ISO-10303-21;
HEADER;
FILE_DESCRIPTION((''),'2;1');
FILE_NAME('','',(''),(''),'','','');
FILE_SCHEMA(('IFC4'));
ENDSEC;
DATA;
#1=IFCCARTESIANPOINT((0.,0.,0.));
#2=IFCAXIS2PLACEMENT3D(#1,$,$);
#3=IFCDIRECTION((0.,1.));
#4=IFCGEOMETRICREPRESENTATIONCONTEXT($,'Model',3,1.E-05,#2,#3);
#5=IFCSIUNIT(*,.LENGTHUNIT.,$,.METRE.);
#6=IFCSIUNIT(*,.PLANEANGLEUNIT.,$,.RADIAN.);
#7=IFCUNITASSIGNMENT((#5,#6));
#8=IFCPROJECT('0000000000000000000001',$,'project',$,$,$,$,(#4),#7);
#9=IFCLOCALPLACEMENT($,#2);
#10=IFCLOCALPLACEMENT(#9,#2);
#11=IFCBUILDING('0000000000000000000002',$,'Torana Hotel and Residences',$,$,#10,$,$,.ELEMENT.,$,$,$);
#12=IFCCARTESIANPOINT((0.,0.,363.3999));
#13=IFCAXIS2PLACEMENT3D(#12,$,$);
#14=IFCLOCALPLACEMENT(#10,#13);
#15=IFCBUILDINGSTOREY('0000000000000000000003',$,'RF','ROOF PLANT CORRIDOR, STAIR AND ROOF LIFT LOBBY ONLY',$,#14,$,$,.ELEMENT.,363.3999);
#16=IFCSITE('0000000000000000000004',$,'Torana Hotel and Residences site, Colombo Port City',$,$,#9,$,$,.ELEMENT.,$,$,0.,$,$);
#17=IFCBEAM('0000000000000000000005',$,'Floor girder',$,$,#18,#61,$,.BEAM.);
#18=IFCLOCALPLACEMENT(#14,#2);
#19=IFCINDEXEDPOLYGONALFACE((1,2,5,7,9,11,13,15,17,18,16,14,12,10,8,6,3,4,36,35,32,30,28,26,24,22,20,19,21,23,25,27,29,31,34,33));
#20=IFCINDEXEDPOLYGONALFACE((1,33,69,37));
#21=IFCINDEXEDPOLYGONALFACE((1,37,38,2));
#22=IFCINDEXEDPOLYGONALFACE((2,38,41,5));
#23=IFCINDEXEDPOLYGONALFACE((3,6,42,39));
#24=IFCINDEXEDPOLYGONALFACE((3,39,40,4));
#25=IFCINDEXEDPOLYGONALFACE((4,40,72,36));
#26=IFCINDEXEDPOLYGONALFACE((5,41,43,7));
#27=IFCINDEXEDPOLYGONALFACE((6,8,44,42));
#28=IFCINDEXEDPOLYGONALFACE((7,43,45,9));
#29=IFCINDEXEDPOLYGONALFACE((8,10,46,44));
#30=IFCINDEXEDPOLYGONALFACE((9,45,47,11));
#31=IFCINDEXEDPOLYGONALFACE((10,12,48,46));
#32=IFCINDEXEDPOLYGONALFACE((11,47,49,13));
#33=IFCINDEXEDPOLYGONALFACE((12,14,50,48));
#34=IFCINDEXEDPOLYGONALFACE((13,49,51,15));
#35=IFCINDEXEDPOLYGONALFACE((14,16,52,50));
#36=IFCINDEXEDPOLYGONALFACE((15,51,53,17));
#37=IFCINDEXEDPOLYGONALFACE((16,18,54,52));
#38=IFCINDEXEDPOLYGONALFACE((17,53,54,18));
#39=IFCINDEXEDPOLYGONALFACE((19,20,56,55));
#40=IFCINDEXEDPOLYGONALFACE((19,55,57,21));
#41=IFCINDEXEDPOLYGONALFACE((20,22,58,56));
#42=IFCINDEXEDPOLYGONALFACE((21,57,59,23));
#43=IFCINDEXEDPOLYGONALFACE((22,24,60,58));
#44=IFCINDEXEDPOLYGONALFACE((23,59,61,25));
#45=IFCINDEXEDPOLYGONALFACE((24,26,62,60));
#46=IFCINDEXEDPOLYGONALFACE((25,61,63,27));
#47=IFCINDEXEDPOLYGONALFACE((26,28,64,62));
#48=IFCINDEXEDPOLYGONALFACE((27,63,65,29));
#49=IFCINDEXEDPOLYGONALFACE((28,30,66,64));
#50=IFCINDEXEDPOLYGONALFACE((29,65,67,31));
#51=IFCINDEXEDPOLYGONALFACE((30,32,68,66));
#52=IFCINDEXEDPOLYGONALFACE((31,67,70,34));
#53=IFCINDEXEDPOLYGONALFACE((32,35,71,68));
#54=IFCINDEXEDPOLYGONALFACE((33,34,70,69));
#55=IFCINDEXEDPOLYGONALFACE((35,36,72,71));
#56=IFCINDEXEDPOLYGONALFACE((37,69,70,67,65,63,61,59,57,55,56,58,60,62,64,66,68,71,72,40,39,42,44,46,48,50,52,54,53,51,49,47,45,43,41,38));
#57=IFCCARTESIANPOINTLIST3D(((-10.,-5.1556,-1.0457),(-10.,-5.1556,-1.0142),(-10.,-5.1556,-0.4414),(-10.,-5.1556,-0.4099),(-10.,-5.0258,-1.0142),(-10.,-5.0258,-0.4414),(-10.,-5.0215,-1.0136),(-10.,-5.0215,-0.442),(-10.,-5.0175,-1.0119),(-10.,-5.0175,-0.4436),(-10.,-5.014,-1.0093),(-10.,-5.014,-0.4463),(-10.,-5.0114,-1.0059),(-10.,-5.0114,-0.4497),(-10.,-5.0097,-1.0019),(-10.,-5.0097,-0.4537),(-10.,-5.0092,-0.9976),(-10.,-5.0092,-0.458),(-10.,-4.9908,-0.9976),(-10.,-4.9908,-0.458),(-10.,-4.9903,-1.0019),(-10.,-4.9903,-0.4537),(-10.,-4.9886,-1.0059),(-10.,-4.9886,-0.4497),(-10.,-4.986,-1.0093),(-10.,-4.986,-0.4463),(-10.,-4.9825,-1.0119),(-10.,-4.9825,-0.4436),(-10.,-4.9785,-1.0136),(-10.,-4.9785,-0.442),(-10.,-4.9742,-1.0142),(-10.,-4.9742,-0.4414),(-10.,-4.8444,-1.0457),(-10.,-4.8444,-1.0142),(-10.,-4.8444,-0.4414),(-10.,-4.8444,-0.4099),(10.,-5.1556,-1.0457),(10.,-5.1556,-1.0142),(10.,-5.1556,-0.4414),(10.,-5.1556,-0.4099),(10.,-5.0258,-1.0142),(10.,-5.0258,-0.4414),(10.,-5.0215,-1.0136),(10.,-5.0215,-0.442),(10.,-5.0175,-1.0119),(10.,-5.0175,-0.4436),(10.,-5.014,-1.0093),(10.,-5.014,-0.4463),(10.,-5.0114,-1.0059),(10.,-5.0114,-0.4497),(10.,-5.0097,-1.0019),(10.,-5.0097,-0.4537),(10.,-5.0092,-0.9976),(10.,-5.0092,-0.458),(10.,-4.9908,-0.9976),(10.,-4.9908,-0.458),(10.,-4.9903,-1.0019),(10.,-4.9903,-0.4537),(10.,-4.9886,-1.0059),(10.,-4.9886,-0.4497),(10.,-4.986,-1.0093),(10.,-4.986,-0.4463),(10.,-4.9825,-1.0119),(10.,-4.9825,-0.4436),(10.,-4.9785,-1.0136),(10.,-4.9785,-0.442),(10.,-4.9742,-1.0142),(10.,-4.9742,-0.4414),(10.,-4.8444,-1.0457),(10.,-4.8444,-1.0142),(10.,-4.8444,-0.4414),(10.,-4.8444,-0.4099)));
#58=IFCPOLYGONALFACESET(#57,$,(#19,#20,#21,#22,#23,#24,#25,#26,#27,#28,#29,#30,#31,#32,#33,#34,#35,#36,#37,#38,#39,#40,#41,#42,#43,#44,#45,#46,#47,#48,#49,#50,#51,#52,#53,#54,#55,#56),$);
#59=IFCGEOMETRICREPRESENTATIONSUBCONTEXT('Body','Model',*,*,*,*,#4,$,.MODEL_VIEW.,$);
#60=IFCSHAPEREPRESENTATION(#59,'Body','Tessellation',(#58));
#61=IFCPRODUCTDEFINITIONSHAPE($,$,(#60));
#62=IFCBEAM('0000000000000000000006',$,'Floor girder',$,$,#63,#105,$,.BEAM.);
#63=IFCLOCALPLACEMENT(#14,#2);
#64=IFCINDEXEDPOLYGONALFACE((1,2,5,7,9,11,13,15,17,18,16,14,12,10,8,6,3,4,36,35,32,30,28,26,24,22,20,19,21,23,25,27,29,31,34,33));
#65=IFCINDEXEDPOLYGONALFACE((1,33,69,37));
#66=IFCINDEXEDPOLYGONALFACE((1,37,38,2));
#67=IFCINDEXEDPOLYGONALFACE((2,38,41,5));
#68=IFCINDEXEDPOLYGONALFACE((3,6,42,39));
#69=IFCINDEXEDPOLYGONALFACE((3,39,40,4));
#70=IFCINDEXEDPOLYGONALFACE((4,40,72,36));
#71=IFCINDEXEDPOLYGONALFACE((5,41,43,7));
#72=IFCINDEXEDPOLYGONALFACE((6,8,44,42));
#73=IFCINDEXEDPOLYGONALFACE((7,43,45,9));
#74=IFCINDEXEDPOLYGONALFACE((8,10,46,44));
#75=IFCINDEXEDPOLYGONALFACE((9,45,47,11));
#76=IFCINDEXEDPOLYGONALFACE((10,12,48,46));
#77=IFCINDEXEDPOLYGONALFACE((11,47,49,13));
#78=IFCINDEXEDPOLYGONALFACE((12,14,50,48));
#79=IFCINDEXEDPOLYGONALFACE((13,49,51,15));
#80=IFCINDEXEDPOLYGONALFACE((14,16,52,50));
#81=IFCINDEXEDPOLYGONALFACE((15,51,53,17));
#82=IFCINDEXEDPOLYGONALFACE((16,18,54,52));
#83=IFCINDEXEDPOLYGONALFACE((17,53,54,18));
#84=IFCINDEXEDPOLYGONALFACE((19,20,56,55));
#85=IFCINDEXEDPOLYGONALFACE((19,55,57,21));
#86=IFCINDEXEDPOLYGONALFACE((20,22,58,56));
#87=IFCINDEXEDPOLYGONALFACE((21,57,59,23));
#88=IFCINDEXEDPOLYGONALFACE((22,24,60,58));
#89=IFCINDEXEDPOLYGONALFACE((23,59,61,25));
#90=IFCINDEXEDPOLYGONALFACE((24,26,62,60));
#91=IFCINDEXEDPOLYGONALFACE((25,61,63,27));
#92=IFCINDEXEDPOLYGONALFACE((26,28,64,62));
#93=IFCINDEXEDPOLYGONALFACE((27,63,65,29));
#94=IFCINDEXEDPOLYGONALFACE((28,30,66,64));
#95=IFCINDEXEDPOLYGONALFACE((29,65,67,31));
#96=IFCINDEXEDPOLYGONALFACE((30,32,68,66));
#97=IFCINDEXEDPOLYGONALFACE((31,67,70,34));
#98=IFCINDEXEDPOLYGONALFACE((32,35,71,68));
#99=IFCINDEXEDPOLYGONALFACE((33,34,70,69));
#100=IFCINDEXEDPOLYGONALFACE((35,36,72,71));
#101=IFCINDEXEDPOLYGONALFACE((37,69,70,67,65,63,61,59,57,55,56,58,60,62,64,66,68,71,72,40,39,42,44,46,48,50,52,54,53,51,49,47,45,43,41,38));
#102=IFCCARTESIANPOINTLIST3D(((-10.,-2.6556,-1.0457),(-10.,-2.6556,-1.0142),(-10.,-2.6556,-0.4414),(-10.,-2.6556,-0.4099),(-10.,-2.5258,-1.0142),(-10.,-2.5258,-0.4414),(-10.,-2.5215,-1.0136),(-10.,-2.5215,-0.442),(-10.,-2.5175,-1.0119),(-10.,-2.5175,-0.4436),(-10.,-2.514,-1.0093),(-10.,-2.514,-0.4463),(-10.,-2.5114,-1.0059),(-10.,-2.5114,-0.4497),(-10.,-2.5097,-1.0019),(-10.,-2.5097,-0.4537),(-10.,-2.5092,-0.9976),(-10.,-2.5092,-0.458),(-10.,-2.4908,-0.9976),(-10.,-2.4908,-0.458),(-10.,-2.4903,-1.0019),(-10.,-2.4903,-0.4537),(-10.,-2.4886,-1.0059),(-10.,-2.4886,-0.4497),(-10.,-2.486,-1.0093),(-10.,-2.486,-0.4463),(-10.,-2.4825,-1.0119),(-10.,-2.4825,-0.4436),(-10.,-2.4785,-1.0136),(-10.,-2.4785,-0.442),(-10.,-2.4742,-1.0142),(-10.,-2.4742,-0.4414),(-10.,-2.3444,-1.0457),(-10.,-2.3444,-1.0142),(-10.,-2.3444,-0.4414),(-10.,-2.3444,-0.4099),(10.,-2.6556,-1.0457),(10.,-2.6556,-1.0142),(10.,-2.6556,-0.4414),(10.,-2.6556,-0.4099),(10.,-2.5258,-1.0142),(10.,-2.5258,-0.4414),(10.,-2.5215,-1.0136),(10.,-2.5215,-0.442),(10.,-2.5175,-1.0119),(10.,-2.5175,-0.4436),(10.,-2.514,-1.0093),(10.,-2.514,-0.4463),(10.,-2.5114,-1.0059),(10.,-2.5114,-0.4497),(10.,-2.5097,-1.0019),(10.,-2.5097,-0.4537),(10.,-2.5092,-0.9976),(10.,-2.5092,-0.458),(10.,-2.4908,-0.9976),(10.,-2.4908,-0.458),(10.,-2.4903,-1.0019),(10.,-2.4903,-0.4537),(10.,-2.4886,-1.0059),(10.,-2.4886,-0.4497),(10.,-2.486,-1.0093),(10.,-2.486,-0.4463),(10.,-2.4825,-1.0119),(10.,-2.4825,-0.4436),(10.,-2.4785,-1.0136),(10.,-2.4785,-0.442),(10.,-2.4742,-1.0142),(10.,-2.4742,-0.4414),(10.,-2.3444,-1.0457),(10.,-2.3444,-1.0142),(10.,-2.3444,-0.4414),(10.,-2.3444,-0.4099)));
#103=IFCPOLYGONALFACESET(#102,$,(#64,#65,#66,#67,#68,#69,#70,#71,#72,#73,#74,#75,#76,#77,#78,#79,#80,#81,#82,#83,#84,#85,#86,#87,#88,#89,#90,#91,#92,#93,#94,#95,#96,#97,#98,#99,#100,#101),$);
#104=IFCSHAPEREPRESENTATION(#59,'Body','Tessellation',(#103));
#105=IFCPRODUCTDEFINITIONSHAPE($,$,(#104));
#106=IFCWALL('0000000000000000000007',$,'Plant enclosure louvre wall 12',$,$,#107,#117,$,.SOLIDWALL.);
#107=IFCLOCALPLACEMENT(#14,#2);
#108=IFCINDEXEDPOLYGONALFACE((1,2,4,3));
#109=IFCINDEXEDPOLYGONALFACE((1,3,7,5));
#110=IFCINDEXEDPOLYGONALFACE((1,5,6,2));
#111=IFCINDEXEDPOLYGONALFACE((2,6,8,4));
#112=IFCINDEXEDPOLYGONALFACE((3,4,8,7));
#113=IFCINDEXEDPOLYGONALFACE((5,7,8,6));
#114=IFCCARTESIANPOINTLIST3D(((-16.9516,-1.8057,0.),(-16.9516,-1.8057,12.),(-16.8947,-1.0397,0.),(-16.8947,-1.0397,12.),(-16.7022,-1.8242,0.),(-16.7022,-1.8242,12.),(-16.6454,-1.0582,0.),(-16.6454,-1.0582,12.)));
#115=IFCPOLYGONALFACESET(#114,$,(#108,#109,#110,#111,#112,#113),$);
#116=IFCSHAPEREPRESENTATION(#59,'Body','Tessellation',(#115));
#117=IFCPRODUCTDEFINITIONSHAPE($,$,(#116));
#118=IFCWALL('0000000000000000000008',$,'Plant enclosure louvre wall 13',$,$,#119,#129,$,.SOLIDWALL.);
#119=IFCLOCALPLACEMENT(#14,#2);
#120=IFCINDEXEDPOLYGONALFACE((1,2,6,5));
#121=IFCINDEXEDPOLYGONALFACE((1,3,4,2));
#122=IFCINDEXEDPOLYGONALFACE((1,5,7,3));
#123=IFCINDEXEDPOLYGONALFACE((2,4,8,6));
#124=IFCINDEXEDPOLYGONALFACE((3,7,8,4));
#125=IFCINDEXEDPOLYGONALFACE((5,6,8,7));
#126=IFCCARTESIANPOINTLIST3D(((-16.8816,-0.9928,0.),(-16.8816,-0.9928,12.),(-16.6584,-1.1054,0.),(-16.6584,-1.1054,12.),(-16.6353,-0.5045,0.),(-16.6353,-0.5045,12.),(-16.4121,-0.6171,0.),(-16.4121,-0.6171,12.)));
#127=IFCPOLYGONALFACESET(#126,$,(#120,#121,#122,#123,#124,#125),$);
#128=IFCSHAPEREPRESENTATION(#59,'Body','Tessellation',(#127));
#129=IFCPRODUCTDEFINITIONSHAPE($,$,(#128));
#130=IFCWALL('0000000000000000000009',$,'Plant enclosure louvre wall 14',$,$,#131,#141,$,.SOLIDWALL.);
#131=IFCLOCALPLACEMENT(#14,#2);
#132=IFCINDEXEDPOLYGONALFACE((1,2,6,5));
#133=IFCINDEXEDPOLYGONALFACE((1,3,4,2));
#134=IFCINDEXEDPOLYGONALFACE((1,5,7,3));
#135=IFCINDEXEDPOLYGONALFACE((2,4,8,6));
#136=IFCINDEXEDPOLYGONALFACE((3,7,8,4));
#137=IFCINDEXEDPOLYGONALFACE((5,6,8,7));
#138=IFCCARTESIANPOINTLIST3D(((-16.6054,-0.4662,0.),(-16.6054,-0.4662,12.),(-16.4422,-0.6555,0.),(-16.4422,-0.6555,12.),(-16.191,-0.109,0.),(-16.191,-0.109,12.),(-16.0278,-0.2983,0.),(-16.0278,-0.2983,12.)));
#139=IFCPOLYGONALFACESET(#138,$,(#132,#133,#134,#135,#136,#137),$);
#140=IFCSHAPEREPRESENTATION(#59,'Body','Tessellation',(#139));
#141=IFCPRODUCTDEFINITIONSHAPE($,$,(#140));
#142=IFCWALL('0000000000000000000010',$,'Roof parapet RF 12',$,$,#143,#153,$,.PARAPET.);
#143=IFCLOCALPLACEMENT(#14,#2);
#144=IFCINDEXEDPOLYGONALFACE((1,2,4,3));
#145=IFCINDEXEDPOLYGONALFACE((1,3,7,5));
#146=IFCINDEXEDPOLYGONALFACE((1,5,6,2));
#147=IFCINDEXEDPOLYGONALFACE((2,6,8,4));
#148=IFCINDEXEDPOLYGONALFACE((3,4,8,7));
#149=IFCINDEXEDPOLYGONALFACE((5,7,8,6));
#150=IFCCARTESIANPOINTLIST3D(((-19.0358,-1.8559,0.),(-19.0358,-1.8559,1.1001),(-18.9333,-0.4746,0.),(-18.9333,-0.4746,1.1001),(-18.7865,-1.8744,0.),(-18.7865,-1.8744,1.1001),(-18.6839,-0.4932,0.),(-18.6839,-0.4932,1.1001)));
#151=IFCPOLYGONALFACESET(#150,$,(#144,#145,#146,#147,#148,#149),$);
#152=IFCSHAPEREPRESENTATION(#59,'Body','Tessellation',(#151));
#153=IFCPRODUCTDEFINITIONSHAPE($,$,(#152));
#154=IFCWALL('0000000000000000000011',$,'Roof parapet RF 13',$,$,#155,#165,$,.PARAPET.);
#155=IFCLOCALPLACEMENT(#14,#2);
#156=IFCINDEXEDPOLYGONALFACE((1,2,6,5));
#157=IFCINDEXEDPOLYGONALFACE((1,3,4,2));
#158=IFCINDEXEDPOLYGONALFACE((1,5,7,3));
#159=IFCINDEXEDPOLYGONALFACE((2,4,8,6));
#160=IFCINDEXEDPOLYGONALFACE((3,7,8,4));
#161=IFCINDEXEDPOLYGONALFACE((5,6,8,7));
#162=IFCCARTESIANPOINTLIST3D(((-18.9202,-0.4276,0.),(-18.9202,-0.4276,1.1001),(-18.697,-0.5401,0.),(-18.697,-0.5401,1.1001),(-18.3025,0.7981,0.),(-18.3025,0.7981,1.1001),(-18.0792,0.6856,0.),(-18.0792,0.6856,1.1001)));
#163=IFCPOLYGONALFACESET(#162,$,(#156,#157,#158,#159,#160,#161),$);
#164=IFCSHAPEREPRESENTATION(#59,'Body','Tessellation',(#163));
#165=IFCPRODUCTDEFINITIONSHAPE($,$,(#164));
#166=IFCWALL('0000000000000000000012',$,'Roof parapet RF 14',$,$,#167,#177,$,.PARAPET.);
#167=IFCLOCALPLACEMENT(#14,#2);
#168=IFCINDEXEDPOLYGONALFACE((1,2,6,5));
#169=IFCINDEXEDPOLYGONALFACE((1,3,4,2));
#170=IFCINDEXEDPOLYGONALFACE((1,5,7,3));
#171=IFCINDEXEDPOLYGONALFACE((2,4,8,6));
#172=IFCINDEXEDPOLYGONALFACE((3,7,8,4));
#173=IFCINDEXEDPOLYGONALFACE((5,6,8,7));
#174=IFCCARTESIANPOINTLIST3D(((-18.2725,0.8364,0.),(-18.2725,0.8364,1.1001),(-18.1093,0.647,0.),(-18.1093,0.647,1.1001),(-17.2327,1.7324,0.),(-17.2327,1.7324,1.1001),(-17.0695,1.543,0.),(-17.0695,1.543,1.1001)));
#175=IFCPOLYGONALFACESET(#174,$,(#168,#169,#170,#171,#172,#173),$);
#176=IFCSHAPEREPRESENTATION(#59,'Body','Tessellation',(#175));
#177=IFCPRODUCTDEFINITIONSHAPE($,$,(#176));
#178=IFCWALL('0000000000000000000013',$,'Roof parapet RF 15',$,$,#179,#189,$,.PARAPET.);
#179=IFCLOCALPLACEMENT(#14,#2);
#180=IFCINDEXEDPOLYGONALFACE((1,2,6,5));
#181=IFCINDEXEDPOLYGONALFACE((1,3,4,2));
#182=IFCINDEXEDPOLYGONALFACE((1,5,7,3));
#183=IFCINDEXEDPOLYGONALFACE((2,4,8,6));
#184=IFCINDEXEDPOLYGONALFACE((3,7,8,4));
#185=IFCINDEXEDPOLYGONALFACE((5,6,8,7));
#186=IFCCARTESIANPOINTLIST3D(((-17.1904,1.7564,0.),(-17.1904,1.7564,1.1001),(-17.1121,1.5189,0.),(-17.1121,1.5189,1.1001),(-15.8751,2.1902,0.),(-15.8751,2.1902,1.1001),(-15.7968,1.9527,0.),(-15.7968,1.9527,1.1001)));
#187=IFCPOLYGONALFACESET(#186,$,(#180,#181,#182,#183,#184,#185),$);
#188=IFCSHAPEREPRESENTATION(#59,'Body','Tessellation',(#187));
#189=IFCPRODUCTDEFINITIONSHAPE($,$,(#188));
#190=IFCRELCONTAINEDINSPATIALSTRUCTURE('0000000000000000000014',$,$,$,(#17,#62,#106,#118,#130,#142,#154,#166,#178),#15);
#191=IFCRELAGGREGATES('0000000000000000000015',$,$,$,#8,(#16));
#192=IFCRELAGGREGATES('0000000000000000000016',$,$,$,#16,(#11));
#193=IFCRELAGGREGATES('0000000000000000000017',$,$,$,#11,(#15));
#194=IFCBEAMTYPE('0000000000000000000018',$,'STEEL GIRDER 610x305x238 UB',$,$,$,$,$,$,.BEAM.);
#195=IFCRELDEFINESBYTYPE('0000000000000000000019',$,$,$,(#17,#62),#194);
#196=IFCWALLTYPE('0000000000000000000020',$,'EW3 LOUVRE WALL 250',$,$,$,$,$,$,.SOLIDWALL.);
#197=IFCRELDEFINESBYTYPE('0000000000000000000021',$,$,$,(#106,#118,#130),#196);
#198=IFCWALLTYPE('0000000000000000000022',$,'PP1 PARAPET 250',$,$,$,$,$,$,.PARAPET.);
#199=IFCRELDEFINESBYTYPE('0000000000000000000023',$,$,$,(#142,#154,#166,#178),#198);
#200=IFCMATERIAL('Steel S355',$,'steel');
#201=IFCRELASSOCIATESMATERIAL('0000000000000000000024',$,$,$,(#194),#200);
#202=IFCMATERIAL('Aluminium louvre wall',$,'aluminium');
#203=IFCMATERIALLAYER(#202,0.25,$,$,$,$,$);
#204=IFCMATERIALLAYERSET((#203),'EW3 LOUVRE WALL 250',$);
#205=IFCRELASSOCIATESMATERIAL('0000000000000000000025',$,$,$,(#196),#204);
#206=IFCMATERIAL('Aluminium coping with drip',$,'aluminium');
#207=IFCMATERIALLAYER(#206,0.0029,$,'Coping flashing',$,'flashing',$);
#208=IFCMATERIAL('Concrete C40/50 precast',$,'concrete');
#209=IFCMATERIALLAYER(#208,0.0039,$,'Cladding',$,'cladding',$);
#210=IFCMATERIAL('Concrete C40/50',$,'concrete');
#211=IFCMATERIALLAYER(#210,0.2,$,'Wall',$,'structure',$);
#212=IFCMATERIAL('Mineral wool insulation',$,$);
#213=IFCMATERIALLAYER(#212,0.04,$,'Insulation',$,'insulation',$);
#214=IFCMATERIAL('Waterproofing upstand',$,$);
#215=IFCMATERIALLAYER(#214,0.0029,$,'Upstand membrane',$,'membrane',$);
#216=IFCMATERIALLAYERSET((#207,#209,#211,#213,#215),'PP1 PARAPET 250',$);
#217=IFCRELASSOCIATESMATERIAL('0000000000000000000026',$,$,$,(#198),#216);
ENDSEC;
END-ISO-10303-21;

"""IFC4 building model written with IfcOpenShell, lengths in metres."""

from ifc_helpers import new_model, si_unit, direction, frame, frame_2d, origin, origin_2d, place, context, subcontext, project, spatial, rectangle, i_section, extrude, material, layer, layer_set, material_profile, profile_set, type_object, element, save


model = new_model("IFC4")

# Units and contexts
model_context = context("Model", 3, precision=1e-05, world=origin(), true_north=direction((0.0, 1.0)))
body_context = subcontext(model_context, "Body", "Model", "MODEL_VIEW")
ifc_project = project(units=[si_unit("LENGTHUNIT", "METRE"), si_unit("PLANEANGLEUNIT", "RADIAN")], contexts=[model_context])

# Site, building, storey
site_placement = place(None, origin())
site = spatial("IfcSite", under=ifc_project, at=site_placement, Name="Torana Hotel and Residences site, Colombo Port City", CompositionType="ELEMENT", RefElevation=0.0)
building_placement = place(site_placement, origin())
building = spatial("IfcBuilding", under=site, at=building_placement, Name="Torana Hotel and Residences", CompositionType="ELEMENT")
storey_placement = place(building_placement, frame((0.0, 0.0, 363.3999)))
storey = spatial("IfcBuildingStorey", under=building, at=storey_placement, Name="RF", Description="ROOF PLANT CORRIDOR, STAIR AND ROOF LIFT LOBBY ONLY", CompositionType="ELEMENT", Elevation=363.3999)

# Beams
ifc_material_1 = material(Name="Steel S355", Category="steel")
ifc_material_profile = material_profile(ifc_material_1, i_section(OverallWidth=0.3113, OverallDepth=0.6357, WebThickness=0.0183, FlangeThickness=0.0315, FilletRadius=0.0166, at=origin_2d()), Name="610x305x238 UB")
ifc_profile_set = profile_set([ifc_material_profile], Name="Steel S355")
beam_type = type_object("IfcBeamType", Name="STEEL GIRDER 610x305x238 UB", PredefinedType="BEAM", material=ifc_profile_set)
for number, where, z_axis, x_axis, name in (
    (1, (-10.0, -5.0, -0.7278), (1.0, 0.0, 0.0), (0.0, 1.0, 0.0), "Floor girder"),
    (2, (-10.0, -2.5, -0.7278), (1.0, 0.0, 0.0), (0.0, 1.0, 0.0), "Floor girder"),
):
    element("IfcBeam", number, at=place(storey_placement, frame(where, z_axis=z_axis, x_axis=x_axis)), inside=storey, type_object=beam_type, Name=name, PredefinedType="BEAM", context=body_context, shape_type="SweptSolid", body=[
        extrude(i_section(OverallWidth=0.3113, OverallDepth=0.6357, WebThickness=0.0183, FlangeThickness=0.0315, FilletRadius=0.0166, at=origin_2d()), origin(), (0.0, 0.0, 1.0), 20.0),
    ])

# Walls
ifc_material_2 = material(Name="Aluminium louvre wall", Category="aluminium")
ifc_layer_1 = layer(ifc_material_2, 0.25)
ifc_layer_set_1 = layer_set([ifc_layer_1], Name="EW3 LOUVRE WALL 250")
wall_type_1 = type_object("IfcWallType", Name="EW3 LOUVRE WALL 250", PredefinedType="SOLIDWALL", material=ifc_layer_set_1)
wall_1_placement = place(storey_placement, frame((-16.8269, -1.8149, 0.0), z_axis=(0.0, 0.0, 1.0), x_axis=(0.074071, 0.997253, 0.0)))
element("IfcWall", 3, at=wall_1_placement, inside=storey, type_object=wall_type_1, Name="Plant enclosure louvre wall 12", PredefinedType="SOLIDWALL", context=body_context, shape_type="SweptSolid", body=[
    extrude(rectangle(XDim=0.7681, YDim=0.25, at=frame_2d((0.384, 0.0))), origin(), (0.0, 0.0, 1.0), 12.0),
])
wall_2_placement = place(storey_placement, frame((-16.77, -1.0491, 0.0), z_axis=(0.0, 0.0, 1.0), x_axis=(0.450425, 0.892814, 0.0)))
element("IfcWall", 4, at=wall_2_placement, inside=storey, type_object=wall_type_1, Name="Plant enclosure louvre wall 13", PredefinedType="SOLIDWALL", context=body_context, shape_type="SweptSolid", body=[
    extrude(rectangle(XDim=0.5469, YDim=0.25, at=frame_2d((0.2734, 0.0))), origin(), (0.0, 0.0, 1.0), 12.0),
])
wall_3_placement = place(storey_placement, frame((-16.5237, -0.5608, 0.0), z_axis=(0.0, 0.0, 1.0), x_axis=(0.757395, 0.652957, 0.0)))
element("IfcWall", 5, at=wall_3_placement, inside=storey, type_object=wall_type_1, Name="Plant enclosure louvre wall 14", PredefinedType="SOLIDWALL", context=body_context, shape_type="SweptSolid", body=[
    extrude(rectangle(XDim=0.5471, YDim=0.25, at=frame_2d((0.2734, 0.0))), origin(), (0.0, 0.0, 1.0), 12.0),
])
ifc_material_3 = material(Name="Aluminium coping with drip", Category="aluminium")
ifc_layer_2 = layer(ifc_material_3, 0.0029, Name="Coping flashing", Category="flashing")
ifc_material_4 = material(Name="Concrete C40/50 precast", Category="concrete")
ifc_layer_3 = layer(ifc_material_4, 0.0039, Name="Cladding", Category="cladding")
ifc_material_5 = material(Name="Concrete C40/50", Category="concrete")
ifc_layer_4 = layer(ifc_material_5, 0.2, Name="Wall", Category="structure")
ifc_material_6 = material(Name="Mineral wool insulation")
ifc_layer_5 = layer(ifc_material_6, 0.04, Name="Insulation", Category="insulation")
ifc_material_7 = material(Name="Waterproofing upstand")
ifc_layer_6 = layer(ifc_material_7, 0.0029, Name="Upstand membrane", Category="membrane")
ifc_layer_set_2 = layer_set([ifc_layer_2, ifc_layer_3, ifc_layer_4, ifc_layer_5, ifc_layer_6], Name="PP1 PARAPET 250")
wall_type_2 = type_object("IfcWallType", Name="PP1 PARAPET 250", PredefinedType="PARAPET", material=ifc_layer_set_2)
wall_4_placement = place(storey_placement, frame((-18.9111, -1.865, 0.0), z_axis=(0.0, 0.0, 1.0), x_axis=(0.074041, 0.997255, 0.0)))
element("IfcWall", 6, at=wall_4_placement, inside=storey, type_object=wall_type_2, Name="Roof parapet RF 12", PredefinedType="PARAPET", context=body_context, shape_type="SweptSolid", body=[
    extrude(rectangle(XDim=1.385, YDim=0.25, at=frame_2d((0.6924, 0.0))), origin(), (0.0, 0.0, 1.0), 1.1001),
])
for number, where, z_axis, x_axis, name in (
    (7, (-18.8086, -0.4839, 0.0), (0.0, 0.0, 1.0), (0.450058, 0.893, 0.0), "Roof parapet RF 13"),
    (8, (-18.1909, 0.7417, 0.0), (0.0, 0.0, 1.0), (0.757546, 0.652781, 0.0), "Roof parapet RF 14"),
):
    element("IfcWall", number, at=place(storey_placement, frame(where, z_axis=z_axis, x_axis=x_axis)), inside=storey, type_object=wall_type_2, Name=name, PredefinedType="PARAPET", context=body_context, shape_type="SweptSolid", body=[
        extrude(rectangle(XDim=1.3726, YDim=0.25, at=frame_2d((0.6863, 0.0))), origin(), (0.0, 0.0, 1.0), 1.1001),
    ])
wall_5_placement = place(storey_placement, frame((-17.1511, 1.6377, 0.0), z_axis=(0.0, 0.0, 1.0), x_axis=(0.949683, 0.313212, 0.0)))
element("IfcWall", 9, at=wall_5_placement, inside=storey, type_object=wall_type_2, Name="Roof parapet RF 15", PredefinedType="PARAPET", context=body_context, shape_type="SweptSolid", body=[
    extrude(rectangle(XDim=1.385, YDim=0.25, at=frame_2d((0.6924, 0.0))), origin(), (0.0, 0.0, 1.0), 1.1001),
])

save(model, "model.ifc")
